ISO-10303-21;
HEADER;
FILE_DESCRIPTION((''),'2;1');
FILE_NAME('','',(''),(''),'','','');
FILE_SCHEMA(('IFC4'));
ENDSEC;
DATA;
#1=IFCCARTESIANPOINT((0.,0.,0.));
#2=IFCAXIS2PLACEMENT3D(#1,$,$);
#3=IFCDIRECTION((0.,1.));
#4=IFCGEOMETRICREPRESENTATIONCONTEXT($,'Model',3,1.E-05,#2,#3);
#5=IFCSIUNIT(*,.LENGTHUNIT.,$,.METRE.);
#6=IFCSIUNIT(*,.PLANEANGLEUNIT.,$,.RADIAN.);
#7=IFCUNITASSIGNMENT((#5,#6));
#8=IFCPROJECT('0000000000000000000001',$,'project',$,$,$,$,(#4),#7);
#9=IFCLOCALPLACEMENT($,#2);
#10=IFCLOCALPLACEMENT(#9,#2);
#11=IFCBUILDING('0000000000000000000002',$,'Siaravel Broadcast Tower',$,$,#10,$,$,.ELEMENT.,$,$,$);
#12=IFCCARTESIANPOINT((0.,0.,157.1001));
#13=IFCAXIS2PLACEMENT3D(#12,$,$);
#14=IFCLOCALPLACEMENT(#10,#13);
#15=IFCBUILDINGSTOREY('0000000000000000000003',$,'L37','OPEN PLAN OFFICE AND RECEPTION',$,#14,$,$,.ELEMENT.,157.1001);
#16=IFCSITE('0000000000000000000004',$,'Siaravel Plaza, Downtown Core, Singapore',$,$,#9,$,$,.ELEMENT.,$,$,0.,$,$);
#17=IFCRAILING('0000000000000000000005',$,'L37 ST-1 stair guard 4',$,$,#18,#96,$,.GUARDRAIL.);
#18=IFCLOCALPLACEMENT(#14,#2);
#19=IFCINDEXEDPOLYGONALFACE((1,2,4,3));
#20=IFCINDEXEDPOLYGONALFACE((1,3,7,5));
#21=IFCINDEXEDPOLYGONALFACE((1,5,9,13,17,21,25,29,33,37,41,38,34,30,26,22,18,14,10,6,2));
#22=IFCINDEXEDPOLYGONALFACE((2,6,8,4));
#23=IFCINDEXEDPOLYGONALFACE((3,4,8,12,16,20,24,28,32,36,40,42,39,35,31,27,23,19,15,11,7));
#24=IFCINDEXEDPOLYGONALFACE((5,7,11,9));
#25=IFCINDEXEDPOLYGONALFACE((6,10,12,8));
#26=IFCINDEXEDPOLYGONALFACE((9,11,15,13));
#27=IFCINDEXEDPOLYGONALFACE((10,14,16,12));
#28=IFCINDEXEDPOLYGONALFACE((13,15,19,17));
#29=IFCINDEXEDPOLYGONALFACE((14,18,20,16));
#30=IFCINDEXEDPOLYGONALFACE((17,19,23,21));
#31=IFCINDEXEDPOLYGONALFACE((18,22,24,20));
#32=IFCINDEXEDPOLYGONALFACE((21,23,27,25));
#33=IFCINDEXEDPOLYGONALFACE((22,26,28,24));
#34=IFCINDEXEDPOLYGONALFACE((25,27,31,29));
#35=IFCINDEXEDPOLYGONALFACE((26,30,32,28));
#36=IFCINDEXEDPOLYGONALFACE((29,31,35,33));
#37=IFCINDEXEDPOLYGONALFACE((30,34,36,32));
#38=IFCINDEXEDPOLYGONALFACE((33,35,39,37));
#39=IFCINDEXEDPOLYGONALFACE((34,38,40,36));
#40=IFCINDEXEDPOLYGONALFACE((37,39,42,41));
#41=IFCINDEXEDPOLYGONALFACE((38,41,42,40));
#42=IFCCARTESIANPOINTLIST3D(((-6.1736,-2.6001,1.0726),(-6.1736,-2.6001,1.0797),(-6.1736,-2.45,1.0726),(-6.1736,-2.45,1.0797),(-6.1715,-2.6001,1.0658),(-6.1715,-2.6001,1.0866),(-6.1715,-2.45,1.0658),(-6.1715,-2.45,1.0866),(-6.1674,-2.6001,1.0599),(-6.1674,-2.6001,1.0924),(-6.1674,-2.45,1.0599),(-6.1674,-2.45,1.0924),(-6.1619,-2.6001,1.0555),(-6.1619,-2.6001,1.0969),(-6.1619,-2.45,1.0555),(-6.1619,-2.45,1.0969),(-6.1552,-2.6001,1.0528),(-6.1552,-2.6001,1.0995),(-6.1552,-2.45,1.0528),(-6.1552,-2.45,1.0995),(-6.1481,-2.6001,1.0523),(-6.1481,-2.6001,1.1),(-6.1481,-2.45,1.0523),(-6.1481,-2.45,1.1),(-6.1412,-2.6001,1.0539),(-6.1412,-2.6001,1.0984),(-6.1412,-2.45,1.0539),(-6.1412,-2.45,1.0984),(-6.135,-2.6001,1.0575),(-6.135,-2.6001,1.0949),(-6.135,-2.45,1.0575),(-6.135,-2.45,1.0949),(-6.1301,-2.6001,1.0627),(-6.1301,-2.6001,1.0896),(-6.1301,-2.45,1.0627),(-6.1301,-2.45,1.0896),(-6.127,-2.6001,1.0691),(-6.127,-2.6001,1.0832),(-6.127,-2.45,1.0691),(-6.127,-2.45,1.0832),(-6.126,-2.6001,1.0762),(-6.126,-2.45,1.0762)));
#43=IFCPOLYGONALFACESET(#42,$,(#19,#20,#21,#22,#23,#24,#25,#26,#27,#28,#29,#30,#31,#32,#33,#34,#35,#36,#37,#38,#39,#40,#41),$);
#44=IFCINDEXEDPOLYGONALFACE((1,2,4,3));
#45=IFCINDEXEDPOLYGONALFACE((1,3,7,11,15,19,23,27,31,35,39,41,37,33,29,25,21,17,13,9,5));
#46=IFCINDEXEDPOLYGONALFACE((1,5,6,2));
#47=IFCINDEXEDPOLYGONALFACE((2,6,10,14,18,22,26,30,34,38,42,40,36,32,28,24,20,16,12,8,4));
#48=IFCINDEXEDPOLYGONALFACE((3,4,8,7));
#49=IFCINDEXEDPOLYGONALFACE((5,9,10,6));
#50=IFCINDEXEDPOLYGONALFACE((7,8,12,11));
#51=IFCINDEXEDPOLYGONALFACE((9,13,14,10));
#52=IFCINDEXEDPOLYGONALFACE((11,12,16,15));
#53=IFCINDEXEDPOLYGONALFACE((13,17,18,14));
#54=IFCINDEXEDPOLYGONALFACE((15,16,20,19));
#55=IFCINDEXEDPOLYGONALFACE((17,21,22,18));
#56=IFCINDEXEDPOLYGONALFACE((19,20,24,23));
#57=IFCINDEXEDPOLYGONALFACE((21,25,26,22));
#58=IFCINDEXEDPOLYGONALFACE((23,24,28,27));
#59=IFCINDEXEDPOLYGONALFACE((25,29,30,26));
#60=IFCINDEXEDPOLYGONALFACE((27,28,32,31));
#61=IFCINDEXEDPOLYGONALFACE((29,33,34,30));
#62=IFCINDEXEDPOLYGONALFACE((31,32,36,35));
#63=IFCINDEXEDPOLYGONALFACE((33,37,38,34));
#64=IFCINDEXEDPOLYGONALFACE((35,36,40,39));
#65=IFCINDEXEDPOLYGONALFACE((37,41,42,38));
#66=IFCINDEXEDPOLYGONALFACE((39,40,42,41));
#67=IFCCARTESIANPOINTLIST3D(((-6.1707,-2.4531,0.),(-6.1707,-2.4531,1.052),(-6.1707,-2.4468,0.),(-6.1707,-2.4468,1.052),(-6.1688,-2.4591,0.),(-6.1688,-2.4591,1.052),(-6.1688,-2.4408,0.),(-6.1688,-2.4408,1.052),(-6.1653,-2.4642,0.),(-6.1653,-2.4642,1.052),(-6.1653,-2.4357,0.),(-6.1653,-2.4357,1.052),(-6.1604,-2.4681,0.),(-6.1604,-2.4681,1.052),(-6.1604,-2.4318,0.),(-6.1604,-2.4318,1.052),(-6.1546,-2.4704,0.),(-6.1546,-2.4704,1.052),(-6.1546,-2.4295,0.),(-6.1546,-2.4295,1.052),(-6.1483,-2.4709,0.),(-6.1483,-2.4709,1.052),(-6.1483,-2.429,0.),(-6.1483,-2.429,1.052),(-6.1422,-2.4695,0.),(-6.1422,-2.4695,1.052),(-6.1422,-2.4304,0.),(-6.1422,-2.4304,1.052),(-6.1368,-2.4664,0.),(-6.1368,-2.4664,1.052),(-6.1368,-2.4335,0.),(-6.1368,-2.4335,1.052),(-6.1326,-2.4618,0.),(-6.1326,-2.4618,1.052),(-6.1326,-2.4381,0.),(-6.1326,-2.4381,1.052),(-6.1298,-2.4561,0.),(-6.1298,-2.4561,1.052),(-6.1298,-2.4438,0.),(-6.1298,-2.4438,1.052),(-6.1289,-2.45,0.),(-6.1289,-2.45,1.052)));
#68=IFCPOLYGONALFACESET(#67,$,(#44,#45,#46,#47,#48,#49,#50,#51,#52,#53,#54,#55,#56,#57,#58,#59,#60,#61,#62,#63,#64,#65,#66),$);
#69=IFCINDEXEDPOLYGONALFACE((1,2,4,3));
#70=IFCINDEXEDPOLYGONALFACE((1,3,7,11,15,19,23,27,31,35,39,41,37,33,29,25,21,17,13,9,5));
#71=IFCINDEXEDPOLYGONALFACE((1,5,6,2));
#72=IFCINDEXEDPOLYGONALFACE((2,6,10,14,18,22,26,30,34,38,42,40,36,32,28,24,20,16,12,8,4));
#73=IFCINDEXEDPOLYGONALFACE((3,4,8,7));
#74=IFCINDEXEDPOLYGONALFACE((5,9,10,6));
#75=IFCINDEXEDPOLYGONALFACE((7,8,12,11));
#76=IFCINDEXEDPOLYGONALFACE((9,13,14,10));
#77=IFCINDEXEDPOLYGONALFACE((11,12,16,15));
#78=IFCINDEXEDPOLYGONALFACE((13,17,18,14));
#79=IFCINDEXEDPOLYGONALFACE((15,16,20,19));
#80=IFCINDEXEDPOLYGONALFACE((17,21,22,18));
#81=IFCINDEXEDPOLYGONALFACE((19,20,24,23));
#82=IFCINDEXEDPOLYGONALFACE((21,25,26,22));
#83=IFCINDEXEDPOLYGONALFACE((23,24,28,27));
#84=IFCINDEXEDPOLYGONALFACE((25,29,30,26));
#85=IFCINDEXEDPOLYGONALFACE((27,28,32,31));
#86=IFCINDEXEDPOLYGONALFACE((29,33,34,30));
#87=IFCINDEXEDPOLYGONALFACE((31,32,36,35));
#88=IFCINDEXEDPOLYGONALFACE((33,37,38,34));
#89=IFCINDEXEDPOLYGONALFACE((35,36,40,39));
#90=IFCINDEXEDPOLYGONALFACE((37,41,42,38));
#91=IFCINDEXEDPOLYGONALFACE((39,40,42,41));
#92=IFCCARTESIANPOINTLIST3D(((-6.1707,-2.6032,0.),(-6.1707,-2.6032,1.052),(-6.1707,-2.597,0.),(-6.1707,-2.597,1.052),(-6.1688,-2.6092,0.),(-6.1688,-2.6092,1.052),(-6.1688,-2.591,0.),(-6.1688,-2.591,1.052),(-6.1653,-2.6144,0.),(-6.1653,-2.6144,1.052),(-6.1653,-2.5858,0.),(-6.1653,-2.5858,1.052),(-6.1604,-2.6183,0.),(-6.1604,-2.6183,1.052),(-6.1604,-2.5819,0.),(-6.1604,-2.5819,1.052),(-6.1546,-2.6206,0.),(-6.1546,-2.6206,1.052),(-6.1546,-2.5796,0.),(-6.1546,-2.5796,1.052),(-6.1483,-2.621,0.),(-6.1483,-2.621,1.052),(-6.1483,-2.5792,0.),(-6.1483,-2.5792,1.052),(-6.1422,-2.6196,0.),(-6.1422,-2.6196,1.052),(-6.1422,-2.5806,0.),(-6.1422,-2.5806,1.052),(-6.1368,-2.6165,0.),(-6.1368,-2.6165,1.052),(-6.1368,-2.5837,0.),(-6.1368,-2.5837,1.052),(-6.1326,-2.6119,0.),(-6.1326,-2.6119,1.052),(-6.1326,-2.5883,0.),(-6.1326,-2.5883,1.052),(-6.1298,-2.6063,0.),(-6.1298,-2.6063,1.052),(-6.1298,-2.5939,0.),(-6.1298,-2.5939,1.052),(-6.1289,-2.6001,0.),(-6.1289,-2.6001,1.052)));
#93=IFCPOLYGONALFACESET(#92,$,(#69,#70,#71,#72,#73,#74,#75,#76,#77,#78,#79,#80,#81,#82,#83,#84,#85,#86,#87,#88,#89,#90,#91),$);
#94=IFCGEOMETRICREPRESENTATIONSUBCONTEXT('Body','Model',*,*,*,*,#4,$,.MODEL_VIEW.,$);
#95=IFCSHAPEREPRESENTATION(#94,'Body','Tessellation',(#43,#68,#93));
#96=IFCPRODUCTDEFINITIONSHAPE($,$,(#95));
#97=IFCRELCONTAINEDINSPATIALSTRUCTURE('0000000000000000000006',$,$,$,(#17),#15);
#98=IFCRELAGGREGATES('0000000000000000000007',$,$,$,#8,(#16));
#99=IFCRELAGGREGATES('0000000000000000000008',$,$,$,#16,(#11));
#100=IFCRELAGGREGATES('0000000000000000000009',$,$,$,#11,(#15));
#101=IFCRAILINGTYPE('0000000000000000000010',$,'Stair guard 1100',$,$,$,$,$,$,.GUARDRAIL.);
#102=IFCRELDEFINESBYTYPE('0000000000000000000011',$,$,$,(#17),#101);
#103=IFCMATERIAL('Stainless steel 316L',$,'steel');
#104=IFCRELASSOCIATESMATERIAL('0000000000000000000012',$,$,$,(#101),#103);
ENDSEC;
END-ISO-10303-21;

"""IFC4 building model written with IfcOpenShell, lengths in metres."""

from ifc_helpers import new_model, si_unit, direction, frame, origin, origin_2d, place, context, subcontext, project, spatial, circle, extrude, material, type_object, element, save


model = new_model("IFC4")

# Units and contexts
model_context = context("Model", 3, precision=1e-05, world=origin(), true_north=direction((0.0, 1.0)))
body_context = subcontext(model_context, "Body", "Model", "MODEL_VIEW")
ifc_project = project(units=[si_unit("LENGTHUNIT", "METRE"), si_unit("PLANEANGLEUNIT", "RADIAN")], contexts=[model_context])

# Site, building, storey
site_placement = place(None, origin())
site = spatial("IfcSite", under=ifc_project, at=site_placement, Name="Siaravel Plaza, Downtown Core, Singapore", CompositionType="ELEMENT", RefElevation=0.0)
building_placement = place(site_placement, origin())
building = spatial("IfcBuilding", under=site, at=building_placement, Name="Siaravel Broadcast Tower", CompositionType="ELEMENT")
storey_placement = place(building_placement, frame((0.0, 0.0, 157.1001)))
storey = spatial("IfcBuildingStorey", under=building, at=storey_placement, Name="L37", Description="OPEN PLAN OFFICE AND RECEPTION", CompositionType="ELEMENT", Elevation=157.1001)

# Shared definitions
ifc_material_1 = material(Name="Stainless steel 316L", Category="steel")

# Railing
railing_type_1 = type_object("IfcRailingType", Name="Stair guard 1100", PredefinedType="GUARDRAIL", material=ifc_material_1)
railing_1_placement = place(storey_placement, frame((-6.1499, -2.45, 0.0)))
element("IfcRailing", 1, at=railing_1_placement, inside=storey, type_object=railing_type_1, Name="L37 ST-1 stair guard 4", PredefinedType="GUARDRAIL", context=body_context, shape_type="SweptSolid", body=[
    extrude(circle(Radius=0.0239, at=origin_2d()), frame((0.0, 0.0, 1.0762), z_axis=(0.0, -1.0, 0.0), x_axis=(1.0, 0.0, 0.0)), (0.0, 0.0, 1.0), 0.1501),
    extrude(circle(Radius=0.021, at=origin_2d()), origin(), (0.0, 0.0, 1.0), 1.052),
    extrude(circle(Radius=0.021, at=origin_2d()), frame((0.0, -0.1501, 0.0)), (0.0, 0.0, 1.0), 1.052),
])

save(model, "model.ifc")
